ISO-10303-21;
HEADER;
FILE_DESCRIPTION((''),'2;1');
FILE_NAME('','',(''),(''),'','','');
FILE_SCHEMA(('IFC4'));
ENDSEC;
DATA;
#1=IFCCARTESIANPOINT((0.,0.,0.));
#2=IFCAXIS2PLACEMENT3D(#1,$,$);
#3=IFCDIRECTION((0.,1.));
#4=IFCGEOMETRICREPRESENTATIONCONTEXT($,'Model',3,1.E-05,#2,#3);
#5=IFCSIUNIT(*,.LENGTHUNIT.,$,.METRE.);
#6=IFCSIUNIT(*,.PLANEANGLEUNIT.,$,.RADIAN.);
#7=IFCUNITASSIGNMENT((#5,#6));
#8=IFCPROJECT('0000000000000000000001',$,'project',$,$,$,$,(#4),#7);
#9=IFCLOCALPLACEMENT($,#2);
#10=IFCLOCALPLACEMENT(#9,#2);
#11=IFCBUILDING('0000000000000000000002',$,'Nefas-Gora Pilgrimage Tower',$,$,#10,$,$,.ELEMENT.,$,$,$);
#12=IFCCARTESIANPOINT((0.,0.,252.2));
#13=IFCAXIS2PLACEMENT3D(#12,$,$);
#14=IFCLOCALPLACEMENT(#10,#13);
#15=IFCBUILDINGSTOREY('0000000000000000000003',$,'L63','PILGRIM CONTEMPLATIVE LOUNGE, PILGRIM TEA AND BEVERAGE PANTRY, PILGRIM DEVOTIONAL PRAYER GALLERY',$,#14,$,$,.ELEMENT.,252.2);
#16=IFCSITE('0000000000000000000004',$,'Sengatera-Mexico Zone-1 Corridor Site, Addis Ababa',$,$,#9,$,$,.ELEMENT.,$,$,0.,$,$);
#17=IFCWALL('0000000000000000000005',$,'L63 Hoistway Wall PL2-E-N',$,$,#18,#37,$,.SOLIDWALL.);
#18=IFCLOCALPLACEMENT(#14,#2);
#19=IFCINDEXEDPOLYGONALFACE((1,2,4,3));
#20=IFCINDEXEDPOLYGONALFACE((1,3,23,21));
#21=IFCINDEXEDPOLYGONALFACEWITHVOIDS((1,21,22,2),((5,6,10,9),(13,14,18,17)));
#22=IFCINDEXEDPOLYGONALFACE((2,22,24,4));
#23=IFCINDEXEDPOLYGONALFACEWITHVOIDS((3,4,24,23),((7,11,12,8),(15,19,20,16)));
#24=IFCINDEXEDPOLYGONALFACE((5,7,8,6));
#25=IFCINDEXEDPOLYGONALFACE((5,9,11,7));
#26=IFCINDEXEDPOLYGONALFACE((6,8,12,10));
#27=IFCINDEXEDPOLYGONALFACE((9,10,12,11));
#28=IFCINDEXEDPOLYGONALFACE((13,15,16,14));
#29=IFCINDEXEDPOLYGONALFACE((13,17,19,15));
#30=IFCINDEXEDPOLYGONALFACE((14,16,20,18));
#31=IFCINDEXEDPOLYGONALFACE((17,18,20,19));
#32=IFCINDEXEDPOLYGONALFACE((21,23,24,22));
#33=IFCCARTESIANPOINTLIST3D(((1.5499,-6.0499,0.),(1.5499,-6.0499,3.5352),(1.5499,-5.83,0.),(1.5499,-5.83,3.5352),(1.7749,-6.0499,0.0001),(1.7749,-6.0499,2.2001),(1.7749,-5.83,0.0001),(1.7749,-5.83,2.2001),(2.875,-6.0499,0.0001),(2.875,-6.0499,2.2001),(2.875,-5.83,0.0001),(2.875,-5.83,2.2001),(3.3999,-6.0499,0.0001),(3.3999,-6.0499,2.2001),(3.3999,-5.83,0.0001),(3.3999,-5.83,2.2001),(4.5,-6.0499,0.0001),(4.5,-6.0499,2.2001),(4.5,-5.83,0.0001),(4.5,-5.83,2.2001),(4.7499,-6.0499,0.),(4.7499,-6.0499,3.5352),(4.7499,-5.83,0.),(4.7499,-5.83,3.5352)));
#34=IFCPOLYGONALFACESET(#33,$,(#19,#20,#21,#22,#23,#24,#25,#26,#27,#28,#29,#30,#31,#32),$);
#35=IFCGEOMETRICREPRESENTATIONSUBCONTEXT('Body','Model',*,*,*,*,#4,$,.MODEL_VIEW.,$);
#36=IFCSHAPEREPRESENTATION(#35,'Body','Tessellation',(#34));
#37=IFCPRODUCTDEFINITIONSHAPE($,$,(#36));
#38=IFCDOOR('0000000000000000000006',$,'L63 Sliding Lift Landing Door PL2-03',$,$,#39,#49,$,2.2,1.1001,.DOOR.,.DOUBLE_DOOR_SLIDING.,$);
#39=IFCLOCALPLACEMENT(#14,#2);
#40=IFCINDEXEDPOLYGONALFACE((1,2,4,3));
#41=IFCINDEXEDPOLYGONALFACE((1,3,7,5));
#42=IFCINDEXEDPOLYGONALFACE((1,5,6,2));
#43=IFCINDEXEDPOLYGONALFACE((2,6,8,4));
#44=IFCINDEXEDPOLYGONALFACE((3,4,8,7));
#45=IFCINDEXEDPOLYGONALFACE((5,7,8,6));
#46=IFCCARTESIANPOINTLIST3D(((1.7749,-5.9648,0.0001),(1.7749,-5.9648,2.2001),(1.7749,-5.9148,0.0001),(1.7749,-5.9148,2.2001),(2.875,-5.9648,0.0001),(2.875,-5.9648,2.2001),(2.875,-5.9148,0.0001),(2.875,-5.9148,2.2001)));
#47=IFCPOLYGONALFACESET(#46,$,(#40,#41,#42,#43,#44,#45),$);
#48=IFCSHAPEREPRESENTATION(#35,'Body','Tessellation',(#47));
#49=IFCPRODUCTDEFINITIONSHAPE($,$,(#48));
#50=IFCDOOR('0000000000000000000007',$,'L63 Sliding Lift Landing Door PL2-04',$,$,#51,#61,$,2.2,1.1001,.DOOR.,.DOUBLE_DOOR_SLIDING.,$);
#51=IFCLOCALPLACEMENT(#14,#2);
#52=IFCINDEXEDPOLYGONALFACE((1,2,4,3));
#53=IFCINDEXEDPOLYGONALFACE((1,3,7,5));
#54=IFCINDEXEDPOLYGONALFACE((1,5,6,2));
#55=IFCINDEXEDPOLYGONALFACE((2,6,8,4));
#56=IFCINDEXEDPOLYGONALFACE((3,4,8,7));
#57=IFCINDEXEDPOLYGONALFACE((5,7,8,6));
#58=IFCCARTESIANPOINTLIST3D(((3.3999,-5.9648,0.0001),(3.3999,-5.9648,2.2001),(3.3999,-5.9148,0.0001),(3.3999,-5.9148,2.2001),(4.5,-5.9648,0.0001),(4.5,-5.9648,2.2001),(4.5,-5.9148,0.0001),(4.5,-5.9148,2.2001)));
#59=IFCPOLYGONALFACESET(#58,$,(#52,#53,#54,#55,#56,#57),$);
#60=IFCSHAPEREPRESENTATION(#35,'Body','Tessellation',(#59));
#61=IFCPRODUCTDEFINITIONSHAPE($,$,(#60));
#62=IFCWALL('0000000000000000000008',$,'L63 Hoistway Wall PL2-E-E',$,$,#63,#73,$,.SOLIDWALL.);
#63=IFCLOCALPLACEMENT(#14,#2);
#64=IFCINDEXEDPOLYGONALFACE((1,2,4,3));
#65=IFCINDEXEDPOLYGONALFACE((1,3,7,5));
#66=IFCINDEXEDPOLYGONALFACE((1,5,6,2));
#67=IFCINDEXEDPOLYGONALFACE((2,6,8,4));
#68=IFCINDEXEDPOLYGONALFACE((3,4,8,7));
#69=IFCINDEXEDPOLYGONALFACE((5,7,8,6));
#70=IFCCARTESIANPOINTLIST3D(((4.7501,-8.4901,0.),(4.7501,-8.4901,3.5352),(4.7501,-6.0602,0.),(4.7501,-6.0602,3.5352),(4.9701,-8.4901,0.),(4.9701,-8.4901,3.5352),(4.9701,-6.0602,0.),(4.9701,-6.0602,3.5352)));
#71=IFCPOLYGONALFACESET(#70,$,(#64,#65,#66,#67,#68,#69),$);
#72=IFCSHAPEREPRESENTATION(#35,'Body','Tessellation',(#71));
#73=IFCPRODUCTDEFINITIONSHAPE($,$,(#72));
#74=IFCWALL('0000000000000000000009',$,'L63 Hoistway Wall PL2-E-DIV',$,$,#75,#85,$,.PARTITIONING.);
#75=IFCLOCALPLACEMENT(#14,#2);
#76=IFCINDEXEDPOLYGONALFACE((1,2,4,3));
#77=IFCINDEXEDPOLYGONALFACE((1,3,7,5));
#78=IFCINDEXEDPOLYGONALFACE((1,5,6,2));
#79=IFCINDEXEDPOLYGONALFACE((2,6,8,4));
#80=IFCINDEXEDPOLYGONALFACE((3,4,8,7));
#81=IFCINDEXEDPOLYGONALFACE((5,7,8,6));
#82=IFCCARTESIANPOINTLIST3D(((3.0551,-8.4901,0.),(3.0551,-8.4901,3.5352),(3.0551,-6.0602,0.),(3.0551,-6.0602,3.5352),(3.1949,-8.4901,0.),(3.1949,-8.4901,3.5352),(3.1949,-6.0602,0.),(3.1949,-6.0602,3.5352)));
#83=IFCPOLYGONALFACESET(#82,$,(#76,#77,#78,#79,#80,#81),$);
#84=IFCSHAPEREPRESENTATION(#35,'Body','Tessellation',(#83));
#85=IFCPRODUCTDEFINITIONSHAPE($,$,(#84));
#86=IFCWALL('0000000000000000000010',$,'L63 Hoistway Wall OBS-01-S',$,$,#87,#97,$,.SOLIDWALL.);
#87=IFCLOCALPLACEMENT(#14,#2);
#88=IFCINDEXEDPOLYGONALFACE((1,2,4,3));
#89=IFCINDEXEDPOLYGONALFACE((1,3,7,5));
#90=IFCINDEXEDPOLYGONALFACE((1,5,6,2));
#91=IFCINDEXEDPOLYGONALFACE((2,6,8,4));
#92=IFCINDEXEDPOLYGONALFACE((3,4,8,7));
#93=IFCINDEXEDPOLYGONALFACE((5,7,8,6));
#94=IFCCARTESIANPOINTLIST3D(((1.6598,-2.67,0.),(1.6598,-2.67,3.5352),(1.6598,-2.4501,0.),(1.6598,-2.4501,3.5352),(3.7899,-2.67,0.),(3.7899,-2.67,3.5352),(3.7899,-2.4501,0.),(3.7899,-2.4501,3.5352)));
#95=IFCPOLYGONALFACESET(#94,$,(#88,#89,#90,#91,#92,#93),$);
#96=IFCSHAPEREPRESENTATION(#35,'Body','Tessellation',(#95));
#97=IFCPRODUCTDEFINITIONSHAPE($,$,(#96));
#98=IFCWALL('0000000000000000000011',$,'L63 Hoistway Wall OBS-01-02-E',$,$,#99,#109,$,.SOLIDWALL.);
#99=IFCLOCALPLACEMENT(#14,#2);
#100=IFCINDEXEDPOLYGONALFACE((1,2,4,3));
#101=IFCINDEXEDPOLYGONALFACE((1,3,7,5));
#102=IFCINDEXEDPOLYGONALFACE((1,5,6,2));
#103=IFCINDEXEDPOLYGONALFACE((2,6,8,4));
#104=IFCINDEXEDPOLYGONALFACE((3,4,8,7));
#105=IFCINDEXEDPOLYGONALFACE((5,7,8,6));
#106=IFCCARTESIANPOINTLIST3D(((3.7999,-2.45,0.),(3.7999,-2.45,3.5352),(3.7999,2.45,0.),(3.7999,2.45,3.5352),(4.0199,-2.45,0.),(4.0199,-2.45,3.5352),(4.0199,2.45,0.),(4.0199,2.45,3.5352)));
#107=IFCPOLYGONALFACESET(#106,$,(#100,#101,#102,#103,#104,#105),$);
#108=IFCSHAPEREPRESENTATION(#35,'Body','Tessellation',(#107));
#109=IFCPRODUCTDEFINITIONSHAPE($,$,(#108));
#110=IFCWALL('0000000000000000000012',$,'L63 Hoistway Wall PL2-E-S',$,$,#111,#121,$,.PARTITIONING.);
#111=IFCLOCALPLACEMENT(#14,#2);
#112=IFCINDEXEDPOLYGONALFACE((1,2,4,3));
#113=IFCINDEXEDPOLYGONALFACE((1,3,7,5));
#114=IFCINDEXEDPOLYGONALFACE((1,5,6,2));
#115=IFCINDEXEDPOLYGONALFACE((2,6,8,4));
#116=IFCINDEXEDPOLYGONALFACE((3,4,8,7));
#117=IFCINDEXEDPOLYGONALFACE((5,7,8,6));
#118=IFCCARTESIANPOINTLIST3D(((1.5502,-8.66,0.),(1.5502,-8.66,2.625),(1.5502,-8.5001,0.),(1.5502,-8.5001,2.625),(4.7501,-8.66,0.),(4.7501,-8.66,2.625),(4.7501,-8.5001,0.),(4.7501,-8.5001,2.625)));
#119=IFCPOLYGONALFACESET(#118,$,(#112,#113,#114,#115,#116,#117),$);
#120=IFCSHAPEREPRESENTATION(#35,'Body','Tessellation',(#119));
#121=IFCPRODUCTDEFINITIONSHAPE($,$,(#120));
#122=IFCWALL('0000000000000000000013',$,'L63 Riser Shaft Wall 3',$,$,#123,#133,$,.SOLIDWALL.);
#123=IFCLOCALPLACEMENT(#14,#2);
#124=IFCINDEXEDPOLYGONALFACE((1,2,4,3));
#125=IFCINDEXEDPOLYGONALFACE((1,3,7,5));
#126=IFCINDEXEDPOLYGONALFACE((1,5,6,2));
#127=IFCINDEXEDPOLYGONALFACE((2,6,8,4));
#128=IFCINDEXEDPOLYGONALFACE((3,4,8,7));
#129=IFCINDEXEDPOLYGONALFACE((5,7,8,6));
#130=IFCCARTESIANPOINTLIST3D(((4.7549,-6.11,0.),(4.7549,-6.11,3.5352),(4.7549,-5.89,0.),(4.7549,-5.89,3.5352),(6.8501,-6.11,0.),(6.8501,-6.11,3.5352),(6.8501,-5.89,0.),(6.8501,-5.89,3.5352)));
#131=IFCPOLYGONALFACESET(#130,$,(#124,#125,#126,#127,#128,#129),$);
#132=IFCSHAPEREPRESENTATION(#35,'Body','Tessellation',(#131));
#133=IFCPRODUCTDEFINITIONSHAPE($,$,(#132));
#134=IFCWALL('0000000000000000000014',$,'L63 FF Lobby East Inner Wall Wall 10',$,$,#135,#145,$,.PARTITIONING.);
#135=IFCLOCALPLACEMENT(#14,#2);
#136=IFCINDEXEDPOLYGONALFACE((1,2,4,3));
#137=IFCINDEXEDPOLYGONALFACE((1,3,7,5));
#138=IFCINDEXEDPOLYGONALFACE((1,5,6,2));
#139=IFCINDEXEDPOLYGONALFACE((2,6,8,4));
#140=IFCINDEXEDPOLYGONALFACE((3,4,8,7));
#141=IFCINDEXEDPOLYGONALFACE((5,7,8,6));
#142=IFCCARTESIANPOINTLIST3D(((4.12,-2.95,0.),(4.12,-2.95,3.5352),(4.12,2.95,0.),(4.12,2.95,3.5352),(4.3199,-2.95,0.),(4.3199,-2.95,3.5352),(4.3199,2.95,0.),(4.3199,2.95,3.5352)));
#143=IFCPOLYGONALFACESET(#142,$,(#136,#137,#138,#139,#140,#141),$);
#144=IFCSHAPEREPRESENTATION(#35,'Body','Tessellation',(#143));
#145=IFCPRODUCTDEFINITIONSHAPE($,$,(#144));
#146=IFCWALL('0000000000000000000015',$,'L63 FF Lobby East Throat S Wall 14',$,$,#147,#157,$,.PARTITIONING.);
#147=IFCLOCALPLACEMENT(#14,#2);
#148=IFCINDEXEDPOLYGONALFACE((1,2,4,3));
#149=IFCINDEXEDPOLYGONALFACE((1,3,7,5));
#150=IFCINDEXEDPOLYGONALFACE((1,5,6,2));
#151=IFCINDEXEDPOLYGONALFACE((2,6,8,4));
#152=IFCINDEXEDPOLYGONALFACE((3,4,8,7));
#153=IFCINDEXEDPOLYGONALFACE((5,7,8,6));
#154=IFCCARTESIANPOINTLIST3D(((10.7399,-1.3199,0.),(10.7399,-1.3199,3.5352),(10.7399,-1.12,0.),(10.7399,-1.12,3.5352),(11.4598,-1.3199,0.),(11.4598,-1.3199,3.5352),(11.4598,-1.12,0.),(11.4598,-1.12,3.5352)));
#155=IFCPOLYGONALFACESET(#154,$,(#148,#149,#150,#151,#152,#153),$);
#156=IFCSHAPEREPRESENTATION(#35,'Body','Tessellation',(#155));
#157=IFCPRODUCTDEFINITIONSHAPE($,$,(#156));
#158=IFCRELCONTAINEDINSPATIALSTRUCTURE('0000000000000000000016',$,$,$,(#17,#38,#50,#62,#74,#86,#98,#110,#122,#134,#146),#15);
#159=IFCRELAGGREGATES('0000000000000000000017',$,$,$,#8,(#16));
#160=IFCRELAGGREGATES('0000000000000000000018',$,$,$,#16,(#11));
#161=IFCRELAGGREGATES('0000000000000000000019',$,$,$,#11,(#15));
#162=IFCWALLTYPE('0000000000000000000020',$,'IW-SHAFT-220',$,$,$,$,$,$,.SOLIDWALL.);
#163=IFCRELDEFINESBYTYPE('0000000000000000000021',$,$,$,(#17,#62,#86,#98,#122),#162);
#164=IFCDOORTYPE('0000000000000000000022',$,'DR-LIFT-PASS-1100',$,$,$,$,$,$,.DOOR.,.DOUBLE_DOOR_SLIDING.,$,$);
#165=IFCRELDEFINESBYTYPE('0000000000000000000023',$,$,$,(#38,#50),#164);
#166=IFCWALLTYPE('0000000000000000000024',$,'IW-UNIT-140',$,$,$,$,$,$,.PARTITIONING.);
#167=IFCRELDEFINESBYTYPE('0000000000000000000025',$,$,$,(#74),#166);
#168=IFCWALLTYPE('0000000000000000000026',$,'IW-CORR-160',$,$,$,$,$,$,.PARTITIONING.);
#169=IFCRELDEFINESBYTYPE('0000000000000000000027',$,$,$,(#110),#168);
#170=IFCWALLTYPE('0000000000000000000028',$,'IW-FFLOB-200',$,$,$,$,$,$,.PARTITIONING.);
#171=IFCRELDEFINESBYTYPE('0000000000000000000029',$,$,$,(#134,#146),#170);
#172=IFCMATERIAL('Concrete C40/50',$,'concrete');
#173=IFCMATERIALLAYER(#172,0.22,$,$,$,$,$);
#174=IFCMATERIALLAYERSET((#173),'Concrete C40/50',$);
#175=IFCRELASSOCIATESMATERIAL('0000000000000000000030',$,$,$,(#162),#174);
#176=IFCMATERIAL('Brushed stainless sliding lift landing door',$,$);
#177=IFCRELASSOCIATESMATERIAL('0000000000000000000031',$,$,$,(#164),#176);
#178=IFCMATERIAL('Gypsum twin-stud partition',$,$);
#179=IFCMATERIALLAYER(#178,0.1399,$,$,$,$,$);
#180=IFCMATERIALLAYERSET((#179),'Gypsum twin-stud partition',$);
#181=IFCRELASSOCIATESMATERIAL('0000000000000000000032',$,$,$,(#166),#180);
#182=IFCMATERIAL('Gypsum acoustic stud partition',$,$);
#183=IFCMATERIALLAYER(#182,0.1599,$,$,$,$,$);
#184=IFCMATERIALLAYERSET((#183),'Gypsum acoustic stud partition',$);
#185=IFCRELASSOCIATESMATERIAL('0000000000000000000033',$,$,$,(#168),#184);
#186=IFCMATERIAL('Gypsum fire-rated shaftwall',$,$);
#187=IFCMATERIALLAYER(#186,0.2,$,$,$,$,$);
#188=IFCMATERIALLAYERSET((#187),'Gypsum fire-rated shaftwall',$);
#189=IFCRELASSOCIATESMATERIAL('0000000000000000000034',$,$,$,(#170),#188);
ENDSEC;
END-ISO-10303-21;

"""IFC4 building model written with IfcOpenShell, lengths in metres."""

from ifc_helpers import new_model, si_unit, direction, frame, frame_2d, origin, place, context, subcontext, project, spatial, rectangle, extrude, source, transform, mapped, material, layer, layer_set, type_object, element, fill, save


model = new_model("IFC4")

# Units and contexts
model_context = context("Model", 3, precision=1e-05, world=origin(), true_north=direction((0.0, 1.0)))
body_context = subcontext(model_context, "Body", "Model", "MODEL_VIEW")
ifc_project = project(units=[si_unit("LENGTHUNIT", "METRE"), si_unit("PLANEANGLEUNIT", "RADIAN")], contexts=[model_context])

# Site, building, storey
site_placement = place(None, origin())
site = spatial("IfcSite", under=ifc_project, at=site_placement, Name="Sengatera-Mexico Zone-1 Corridor Site, Addis Ababa", CompositionType="ELEMENT", RefElevation=0.0)
building_placement = place(site_placement, origin())
building = spatial("IfcBuilding", under=site, at=building_placement, Name="Nefas-Gora Pilgrimage Tower", CompositionType="ELEMENT")
storey_placement = place(building_placement, frame((0.0, 0.0, 252.2)))
storey = spatial("IfcBuildingStorey", under=building, at=storey_placement, Name="L63", Description="PILGRIM CONTEMPLATIVE LOUNGE, PILGRIM TEA AND BEVERAGE PANTRY, PILGRIM DEVOTIONAL PRAYER GALLERY", CompositionType="ELEMENT", Elevation=252.2)

# Shared definitions
ifc_material_1 = material(Name="Concrete C40/50", Category="concrete")

# Shared definitions
ifc_layer_1 = layer(ifc_material_1, 0.22)
ifc_layer_set_1 = layer_set([ifc_layer_1], Name="Concrete C40/50")
wall_type_1 = type_object("IfcWallType", Name="IW-SHAFT-220", PredefinedType="SOLIDWALL", material=ifc_layer_set_1)

# Wall, openings, doors
shared_shape_1 = source(origin(), body_context, "Body", "SweptSolid", [
    extrude(rectangle(XDim=3.2, YDim=0.22, at=frame_2d((1.6001, 0.0))), origin(), (0.0, 0.0, 1.0), 3.5352),
])
wall_1_placement = place(storey_placement, frame((4.75, -5.9399, 0.0), z_axis=(0.0, 0.0, 1.0), x_axis=(-1.0, 0.0, 0.0)))
wall_1 = element("IfcWall", 1, at=wall_1_placement, inside=storey, type_object=wall_type_1, Name="L63 Hoistway Wall PL2-E-N", PredefinedType="SOLIDWALL", context=body_context, shape_type="MappedRepresentation", body=[
    mapped(shared_shape_1, transform((0.0, 0.0, 0.0), x_axis=(1.0, 0.0, 0.0), y_axis=(0.0, 1.0, 0.0), z_axis=(0.0, 0.0, 1.0), scale=1.0)),
])
opening_1_placement = place(wall_1_placement, frame((1.875, 0.0, 0.0)))
opening_1 = element("IfcOpeningElement", 2, at=opening_1_placement, cuts=wall_1, PredefinedType="OPENING", context=body_context, shape_type="SweptSolid", body=[
    extrude(rectangle(XDim=1.1001, YDim=2.2, at=frame_2d((0.55, 1.1001))), frame((0.0, 0.1199, 0.0), z_axis=(0.0, -1.0, 0.0), x_axis=(1.0, 0.0, 0.0)), (0.0, 0.0, 1.0), 0.24),
])
opening_2_placement = place(wall_1_placement, frame((0.25, 0.0, 0.0)))
opening_2 = element("IfcOpeningElement", 3, at=opening_2_placement, cuts=wall_1, PredefinedType="OPENING", context=body_context, shape_type="SweptSolid", body=[
    extrude(rectangle(XDim=1.1001, YDim=2.2, at=frame_2d((0.55, 1.1001))), frame((0.0, 0.1199, 0.0), z_axis=(0.0, -1.0, 0.0), x_axis=(1.0, 0.0, 0.0)), (0.0, 0.0, 1.0), 0.24),
])
ifc_material_2 = material(Name="Brushed stainless sliding lift landing door")
door_type_1 = type_object("IfcDoorType", Name="DR-LIFT-PASS-1100", OperationType="DOUBLE_DOOR_SLIDING", PredefinedType="DOOR", material=ifc_material_2)
shared_shape_2 = source(origin(), body_context, "Body", "SweptSolid", [
    extrude(rectangle(XDim=1.1001, YDim=2.2, at=frame_2d((0.55, 1.1001))), frame((0.0, 0.0249, 0.0), z_axis=(0.0, -1.0, 0.0), x_axis=(1.0, 0.0, 0.0)), (0.0, 0.0, 1.0), 0.05),
])
door_1_placement = place(opening_1_placement, origin())
door_1 = element("IfcDoor", 4, at=door_1_placement, inside=storey, type_object=door_type_1, Name="L63 Sliding Lift Landing Door PL2-03", OperationType="DOUBLE_DOOR_SLIDING", OverallHeight=2.2, OverallWidth=1.1001, PredefinedType="DOOR", context=body_context, shape_type="MappedRepresentation", body=[
    mapped(shared_shape_2, transform((0.0, 0.0, 0.0), x_axis=(1.0, 0.0, 0.0), y_axis=(0.0, 1.0, 0.0), z_axis=(0.0, 0.0, 1.0), scale=1.0)),
])
fill(opening_1, door_1)
door_2_placement = place(opening_2_placement, origin())
door_2 = element("IfcDoor", 5, at=door_2_placement, inside=storey, type_object=door_type_1, Name="L63 Sliding Lift Landing Door PL2-04", OperationType="DOUBLE_DOOR_SLIDING", OverallHeight=2.2, OverallWidth=1.1001, PredefinedType="DOOR", context=body_context, shape_type="MappedRepresentation", body=[
    mapped(shared_shape_2, transform((0.0, 0.0, 0.0), x_axis=(1.0, 0.0, 0.0), y_axis=(0.0, 1.0, 0.0), z_axis=(0.0, 0.0, 1.0), scale=1.0)),
])
fill(opening_2, door_2)

# Walls
shared_shape_3 = source(origin(), body_context, "Body", "SweptSolid", [
    extrude(rectangle(XDim=2.4299, YDim=0.22, at=frame_2d((1.2148, 0.0))), origin(), (0.0, 0.0, 1.0), 3.5352),
])
for number, where, z_axis, x_axis, name in (
    (6, (4.8601, -8.49, 0.0), (0.0, 0.0, 1.0), (0.0, 1.0, 0.0), "L63 Hoistway Wall PL2-E-E"),
):
    element("IfcWall", number, at=place(storey_placement, frame(where, z_axis=z_axis, x_axis=x_axis)), inside=storey, type_object=wall_type_1, Name=name, PredefinedType="SOLIDWALL", context=body_context, shape_type="MappedRepresentation", body=[
        mapped(shared_shape_3, transform((0.0, 0.0, 0.0), x_axis=(1.0, 0.0, 0.0), y_axis=(0.0, 1.0, 0.0), z_axis=(0.0, 0.0, 1.0), scale=1.0)),
    ])
ifc_material_3 = material(Name="Gypsum twin-stud partition")
ifc_layer_2 = layer(ifc_material_3, 0.1399)
ifc_layer_set_2 = layer_set([ifc_layer_2], Name="Gypsum twin-stud partition")
wall_type_2 = type_object("IfcWallType", Name="IW-UNIT-140", PredefinedType="PARTITIONING", material=ifc_layer_set_2)
shared_shape_4 = source(origin(), body_context, "Body", "SweptSolid", [
    extrude(rectangle(XDim=2.4299, YDim=0.1399, at=frame_2d((1.2148, 0.0))), origin(), (0.0, 0.0, 1.0), 3.5352),
])
wall_2_placement = place(storey_placement, frame((3.125, -8.49, 0.0), z_axis=(0.0, 0.0, 1.0), x_axis=(0.0, 1.0, 0.0)))
element("IfcWall", 7, at=wall_2_placement, inside=storey, type_object=wall_type_2, Name="L63 Hoistway Wall PL2-E-DIV", PredefinedType="PARTITIONING", context=body_context, shape_type="MappedRepresentation", body=[
    mapped(shared_shape_4, transform((0.0, 0.0, 0.0), x_axis=(1.0, 0.0, 0.0), y_axis=(0.0, 1.0, 0.0), z_axis=(0.0, 0.0, 1.0), scale=1.0)),
])
shared_shape_5 = source(origin(), body_context, "Body", "SweptSolid", [
    extrude(rectangle(XDim=2.1301, YDim=0.22, at=frame_2d((1.0649, 0.0))), origin(), (0.0, 0.0, 1.0), 3.5352),
])
wall_3_placement = place(storey_placement, frame((1.6599, -2.5601, 0.0), z_axis=(0.0, 0.0, 1.0), x_axis=(1.0, 0.0, 0.0)))
element("IfcWall", 8, at=wall_3_placement, inside=storey, type_object=wall_type_1, Name="L63 Hoistway Wall OBS-01-S", PredefinedType="SOLIDWALL", context=body_context, shape_type="MappedRepresentation", body=[
    mapped(shared_shape_5, transform((0.0, 0.0, 0.0), x_axis=(1.0, 0.0, 0.0), y_axis=(0.0, 1.0, 0.0), z_axis=(0.0, 0.0, 1.0), scale=1.0)),
])
shared_shape_6 = source(origin(), body_context, "Body", "SweptSolid", [
    extrude(rectangle(XDim=4.8999, YDim=0.22, at=frame_2d((2.45, 0.0))), origin(), (0.0, 0.0, 1.0), 3.5352),
])
wall_4_placement = place(storey_placement, frame((3.9099, -2.45, 0.0), z_axis=(0.0, 0.0, 1.0), x_axis=(0.0, 1.0, 0.0)))
element("IfcWall", 9, at=wall_4_placement, inside=storey, type_object=wall_type_1, Name="L63 Hoistway Wall OBS-01-02-E", PredefinedType="SOLIDWALL", context=body_context, shape_type="MappedRepresentation", body=[
    mapped(shared_shape_6, transform((0.0, 0.0, 0.0), x_axis=(1.0, 0.0, 0.0), y_axis=(0.0, 1.0, 0.0), z_axis=(0.0, 0.0, 1.0), scale=1.0)),
])
ifc_material_4 = material(Name="Gypsum acoustic stud partition")
ifc_layer_3 = layer(ifc_material_4, 0.1599)
ifc_layer_set_3 = layer_set([ifc_layer_3], Name="Gypsum acoustic stud partition")
wall_type_3 = type_object("IfcWallType", Name="IW-CORR-160", PredefinedType="PARTITIONING", material=ifc_layer_set_3)
shared_shape_7 = source(origin(), body_context, "Body", "SweptSolid", [
    extrude(rectangle(XDim=3.2, YDim=0.1599, at=frame_2d((1.6001, 0.0))), origin(), (0.0, 0.0, 1.0), 2.625),
])
wall_5_placement = place(storey_placement, frame((1.55, -8.5801, 0.0), z_axis=(0.0, 0.0, 1.0), x_axis=(1.0, 0.0, 0.0)))
element("IfcWall", 10, at=wall_5_placement, inside=storey, type_object=wall_type_3, Name="L63 Hoistway Wall PL2-E-S", PredefinedType="PARTITIONING", context=body_context, shape_type="MappedRepresentation", body=[
    mapped(shared_shape_7, transform((0.0, 0.0, 0.0), x_axis=(1.0, 0.0, 0.0), y_axis=(0.0, 1.0, 0.0), z_axis=(0.0, 0.0, 1.0), scale=1.0)),
])
shared_shape_8 = source(origin(), body_context, "Body", "SweptSolid", [
    extrude(rectangle(XDim=2.0952, YDim=0.22, at=frame_2d((1.0476, 0.0))), origin(), (0.0, 0.0, 1.0), 3.5352),
])
wall_6_placement = place(storey_placement, frame((4.7549, -6.0, 0.0), z_axis=(0.0, 0.0, 1.0), x_axis=(1.0, 0.0, 0.0)))
element("IfcWall", 11, at=wall_6_placement, inside=storey, type_object=wall_type_1, Name="L63 Riser Shaft Wall 3", PredefinedType="SOLIDWALL", context=body_context, shape_type="MappedRepresentation", body=[
    mapped(shared_shape_8, transform((0.0, 0.0, 0.0), x_axis=(1.0, 0.0, 0.0), y_axis=(0.0, 1.0, 0.0), z_axis=(0.0, 0.0, 1.0), scale=1.0)),
])
ifc_material_5 = material(Name="Gypsum fire-rated shaftwall")
ifc_layer_4 = layer(ifc_material_5, 0.2)
ifc_layer_set_4 = layer_set([ifc_layer_4], Name="Gypsum fire-rated shaftwall")
wall_type_4 = type_object("IfcWallType", Name="IW-FFLOB-200", PredefinedType="PARTITIONING", material=ifc_layer_set_4)
shared_shape_9 = source(origin(), body_context, "Body", "SweptSolid", [
    extrude(rectangle(XDim=5.8999, YDim=0.2, at=frame_2d((2.95, 0.0))), origin(), (0.0, 0.0, 1.0), 3.5352),
])
wall_7_placement = place(storey_placement, frame((4.22, -2.95, 0.0), z_axis=(0.0, 0.0, 1.0), x_axis=(0.0, 1.0, 0.0)))
element("IfcWall", 12, at=wall_7_placement, inside=storey, type_object=wall_type_4, Name="L63 FF Lobby East Inner Wall Wall 10", PredefinedType="PARTITIONING", context=body_context, shape_type="MappedRepresentation", body=[
    mapped(shared_shape_9, transform((0.0, 0.0, 0.0), x_axis=(1.0, 0.0, 0.0), y_axis=(0.0, 1.0, 0.0), z_axis=(0.0, 0.0, 1.0), scale=1.0)),
])
shared_shape_10 = source(origin(), body_context, "Body", "SweptSolid", [
    extrude(rectangle(XDim=0.72, YDim=0.2, at=frame_2d((0.3599, 0.0))), origin(), (0.0, 0.0, 1.0), 3.5352),
])
wall_8_placement = place(storey_placement, frame((10.74, -1.22, 0.0), z_axis=(0.0, 0.0, 1.0), x_axis=(1.0, 0.0, 0.0)))
element("IfcWall", 13, at=wall_8_placement, inside=storey, type_object=wall_type_4, Name="L63 FF Lobby East Throat S Wall 14", PredefinedType="PARTITIONING", context=body_context, shape_type="MappedRepresentation", body=[
    mapped(shared_shape_10, transform((0.0, 0.0, 0.0), x_axis=(1.0, 0.0, 0.0), y_axis=(0.0, 1.0, 0.0), z_axis=(0.0, 0.0, 1.0), scale=1.0)),
])

save(model, "model.ifc")
